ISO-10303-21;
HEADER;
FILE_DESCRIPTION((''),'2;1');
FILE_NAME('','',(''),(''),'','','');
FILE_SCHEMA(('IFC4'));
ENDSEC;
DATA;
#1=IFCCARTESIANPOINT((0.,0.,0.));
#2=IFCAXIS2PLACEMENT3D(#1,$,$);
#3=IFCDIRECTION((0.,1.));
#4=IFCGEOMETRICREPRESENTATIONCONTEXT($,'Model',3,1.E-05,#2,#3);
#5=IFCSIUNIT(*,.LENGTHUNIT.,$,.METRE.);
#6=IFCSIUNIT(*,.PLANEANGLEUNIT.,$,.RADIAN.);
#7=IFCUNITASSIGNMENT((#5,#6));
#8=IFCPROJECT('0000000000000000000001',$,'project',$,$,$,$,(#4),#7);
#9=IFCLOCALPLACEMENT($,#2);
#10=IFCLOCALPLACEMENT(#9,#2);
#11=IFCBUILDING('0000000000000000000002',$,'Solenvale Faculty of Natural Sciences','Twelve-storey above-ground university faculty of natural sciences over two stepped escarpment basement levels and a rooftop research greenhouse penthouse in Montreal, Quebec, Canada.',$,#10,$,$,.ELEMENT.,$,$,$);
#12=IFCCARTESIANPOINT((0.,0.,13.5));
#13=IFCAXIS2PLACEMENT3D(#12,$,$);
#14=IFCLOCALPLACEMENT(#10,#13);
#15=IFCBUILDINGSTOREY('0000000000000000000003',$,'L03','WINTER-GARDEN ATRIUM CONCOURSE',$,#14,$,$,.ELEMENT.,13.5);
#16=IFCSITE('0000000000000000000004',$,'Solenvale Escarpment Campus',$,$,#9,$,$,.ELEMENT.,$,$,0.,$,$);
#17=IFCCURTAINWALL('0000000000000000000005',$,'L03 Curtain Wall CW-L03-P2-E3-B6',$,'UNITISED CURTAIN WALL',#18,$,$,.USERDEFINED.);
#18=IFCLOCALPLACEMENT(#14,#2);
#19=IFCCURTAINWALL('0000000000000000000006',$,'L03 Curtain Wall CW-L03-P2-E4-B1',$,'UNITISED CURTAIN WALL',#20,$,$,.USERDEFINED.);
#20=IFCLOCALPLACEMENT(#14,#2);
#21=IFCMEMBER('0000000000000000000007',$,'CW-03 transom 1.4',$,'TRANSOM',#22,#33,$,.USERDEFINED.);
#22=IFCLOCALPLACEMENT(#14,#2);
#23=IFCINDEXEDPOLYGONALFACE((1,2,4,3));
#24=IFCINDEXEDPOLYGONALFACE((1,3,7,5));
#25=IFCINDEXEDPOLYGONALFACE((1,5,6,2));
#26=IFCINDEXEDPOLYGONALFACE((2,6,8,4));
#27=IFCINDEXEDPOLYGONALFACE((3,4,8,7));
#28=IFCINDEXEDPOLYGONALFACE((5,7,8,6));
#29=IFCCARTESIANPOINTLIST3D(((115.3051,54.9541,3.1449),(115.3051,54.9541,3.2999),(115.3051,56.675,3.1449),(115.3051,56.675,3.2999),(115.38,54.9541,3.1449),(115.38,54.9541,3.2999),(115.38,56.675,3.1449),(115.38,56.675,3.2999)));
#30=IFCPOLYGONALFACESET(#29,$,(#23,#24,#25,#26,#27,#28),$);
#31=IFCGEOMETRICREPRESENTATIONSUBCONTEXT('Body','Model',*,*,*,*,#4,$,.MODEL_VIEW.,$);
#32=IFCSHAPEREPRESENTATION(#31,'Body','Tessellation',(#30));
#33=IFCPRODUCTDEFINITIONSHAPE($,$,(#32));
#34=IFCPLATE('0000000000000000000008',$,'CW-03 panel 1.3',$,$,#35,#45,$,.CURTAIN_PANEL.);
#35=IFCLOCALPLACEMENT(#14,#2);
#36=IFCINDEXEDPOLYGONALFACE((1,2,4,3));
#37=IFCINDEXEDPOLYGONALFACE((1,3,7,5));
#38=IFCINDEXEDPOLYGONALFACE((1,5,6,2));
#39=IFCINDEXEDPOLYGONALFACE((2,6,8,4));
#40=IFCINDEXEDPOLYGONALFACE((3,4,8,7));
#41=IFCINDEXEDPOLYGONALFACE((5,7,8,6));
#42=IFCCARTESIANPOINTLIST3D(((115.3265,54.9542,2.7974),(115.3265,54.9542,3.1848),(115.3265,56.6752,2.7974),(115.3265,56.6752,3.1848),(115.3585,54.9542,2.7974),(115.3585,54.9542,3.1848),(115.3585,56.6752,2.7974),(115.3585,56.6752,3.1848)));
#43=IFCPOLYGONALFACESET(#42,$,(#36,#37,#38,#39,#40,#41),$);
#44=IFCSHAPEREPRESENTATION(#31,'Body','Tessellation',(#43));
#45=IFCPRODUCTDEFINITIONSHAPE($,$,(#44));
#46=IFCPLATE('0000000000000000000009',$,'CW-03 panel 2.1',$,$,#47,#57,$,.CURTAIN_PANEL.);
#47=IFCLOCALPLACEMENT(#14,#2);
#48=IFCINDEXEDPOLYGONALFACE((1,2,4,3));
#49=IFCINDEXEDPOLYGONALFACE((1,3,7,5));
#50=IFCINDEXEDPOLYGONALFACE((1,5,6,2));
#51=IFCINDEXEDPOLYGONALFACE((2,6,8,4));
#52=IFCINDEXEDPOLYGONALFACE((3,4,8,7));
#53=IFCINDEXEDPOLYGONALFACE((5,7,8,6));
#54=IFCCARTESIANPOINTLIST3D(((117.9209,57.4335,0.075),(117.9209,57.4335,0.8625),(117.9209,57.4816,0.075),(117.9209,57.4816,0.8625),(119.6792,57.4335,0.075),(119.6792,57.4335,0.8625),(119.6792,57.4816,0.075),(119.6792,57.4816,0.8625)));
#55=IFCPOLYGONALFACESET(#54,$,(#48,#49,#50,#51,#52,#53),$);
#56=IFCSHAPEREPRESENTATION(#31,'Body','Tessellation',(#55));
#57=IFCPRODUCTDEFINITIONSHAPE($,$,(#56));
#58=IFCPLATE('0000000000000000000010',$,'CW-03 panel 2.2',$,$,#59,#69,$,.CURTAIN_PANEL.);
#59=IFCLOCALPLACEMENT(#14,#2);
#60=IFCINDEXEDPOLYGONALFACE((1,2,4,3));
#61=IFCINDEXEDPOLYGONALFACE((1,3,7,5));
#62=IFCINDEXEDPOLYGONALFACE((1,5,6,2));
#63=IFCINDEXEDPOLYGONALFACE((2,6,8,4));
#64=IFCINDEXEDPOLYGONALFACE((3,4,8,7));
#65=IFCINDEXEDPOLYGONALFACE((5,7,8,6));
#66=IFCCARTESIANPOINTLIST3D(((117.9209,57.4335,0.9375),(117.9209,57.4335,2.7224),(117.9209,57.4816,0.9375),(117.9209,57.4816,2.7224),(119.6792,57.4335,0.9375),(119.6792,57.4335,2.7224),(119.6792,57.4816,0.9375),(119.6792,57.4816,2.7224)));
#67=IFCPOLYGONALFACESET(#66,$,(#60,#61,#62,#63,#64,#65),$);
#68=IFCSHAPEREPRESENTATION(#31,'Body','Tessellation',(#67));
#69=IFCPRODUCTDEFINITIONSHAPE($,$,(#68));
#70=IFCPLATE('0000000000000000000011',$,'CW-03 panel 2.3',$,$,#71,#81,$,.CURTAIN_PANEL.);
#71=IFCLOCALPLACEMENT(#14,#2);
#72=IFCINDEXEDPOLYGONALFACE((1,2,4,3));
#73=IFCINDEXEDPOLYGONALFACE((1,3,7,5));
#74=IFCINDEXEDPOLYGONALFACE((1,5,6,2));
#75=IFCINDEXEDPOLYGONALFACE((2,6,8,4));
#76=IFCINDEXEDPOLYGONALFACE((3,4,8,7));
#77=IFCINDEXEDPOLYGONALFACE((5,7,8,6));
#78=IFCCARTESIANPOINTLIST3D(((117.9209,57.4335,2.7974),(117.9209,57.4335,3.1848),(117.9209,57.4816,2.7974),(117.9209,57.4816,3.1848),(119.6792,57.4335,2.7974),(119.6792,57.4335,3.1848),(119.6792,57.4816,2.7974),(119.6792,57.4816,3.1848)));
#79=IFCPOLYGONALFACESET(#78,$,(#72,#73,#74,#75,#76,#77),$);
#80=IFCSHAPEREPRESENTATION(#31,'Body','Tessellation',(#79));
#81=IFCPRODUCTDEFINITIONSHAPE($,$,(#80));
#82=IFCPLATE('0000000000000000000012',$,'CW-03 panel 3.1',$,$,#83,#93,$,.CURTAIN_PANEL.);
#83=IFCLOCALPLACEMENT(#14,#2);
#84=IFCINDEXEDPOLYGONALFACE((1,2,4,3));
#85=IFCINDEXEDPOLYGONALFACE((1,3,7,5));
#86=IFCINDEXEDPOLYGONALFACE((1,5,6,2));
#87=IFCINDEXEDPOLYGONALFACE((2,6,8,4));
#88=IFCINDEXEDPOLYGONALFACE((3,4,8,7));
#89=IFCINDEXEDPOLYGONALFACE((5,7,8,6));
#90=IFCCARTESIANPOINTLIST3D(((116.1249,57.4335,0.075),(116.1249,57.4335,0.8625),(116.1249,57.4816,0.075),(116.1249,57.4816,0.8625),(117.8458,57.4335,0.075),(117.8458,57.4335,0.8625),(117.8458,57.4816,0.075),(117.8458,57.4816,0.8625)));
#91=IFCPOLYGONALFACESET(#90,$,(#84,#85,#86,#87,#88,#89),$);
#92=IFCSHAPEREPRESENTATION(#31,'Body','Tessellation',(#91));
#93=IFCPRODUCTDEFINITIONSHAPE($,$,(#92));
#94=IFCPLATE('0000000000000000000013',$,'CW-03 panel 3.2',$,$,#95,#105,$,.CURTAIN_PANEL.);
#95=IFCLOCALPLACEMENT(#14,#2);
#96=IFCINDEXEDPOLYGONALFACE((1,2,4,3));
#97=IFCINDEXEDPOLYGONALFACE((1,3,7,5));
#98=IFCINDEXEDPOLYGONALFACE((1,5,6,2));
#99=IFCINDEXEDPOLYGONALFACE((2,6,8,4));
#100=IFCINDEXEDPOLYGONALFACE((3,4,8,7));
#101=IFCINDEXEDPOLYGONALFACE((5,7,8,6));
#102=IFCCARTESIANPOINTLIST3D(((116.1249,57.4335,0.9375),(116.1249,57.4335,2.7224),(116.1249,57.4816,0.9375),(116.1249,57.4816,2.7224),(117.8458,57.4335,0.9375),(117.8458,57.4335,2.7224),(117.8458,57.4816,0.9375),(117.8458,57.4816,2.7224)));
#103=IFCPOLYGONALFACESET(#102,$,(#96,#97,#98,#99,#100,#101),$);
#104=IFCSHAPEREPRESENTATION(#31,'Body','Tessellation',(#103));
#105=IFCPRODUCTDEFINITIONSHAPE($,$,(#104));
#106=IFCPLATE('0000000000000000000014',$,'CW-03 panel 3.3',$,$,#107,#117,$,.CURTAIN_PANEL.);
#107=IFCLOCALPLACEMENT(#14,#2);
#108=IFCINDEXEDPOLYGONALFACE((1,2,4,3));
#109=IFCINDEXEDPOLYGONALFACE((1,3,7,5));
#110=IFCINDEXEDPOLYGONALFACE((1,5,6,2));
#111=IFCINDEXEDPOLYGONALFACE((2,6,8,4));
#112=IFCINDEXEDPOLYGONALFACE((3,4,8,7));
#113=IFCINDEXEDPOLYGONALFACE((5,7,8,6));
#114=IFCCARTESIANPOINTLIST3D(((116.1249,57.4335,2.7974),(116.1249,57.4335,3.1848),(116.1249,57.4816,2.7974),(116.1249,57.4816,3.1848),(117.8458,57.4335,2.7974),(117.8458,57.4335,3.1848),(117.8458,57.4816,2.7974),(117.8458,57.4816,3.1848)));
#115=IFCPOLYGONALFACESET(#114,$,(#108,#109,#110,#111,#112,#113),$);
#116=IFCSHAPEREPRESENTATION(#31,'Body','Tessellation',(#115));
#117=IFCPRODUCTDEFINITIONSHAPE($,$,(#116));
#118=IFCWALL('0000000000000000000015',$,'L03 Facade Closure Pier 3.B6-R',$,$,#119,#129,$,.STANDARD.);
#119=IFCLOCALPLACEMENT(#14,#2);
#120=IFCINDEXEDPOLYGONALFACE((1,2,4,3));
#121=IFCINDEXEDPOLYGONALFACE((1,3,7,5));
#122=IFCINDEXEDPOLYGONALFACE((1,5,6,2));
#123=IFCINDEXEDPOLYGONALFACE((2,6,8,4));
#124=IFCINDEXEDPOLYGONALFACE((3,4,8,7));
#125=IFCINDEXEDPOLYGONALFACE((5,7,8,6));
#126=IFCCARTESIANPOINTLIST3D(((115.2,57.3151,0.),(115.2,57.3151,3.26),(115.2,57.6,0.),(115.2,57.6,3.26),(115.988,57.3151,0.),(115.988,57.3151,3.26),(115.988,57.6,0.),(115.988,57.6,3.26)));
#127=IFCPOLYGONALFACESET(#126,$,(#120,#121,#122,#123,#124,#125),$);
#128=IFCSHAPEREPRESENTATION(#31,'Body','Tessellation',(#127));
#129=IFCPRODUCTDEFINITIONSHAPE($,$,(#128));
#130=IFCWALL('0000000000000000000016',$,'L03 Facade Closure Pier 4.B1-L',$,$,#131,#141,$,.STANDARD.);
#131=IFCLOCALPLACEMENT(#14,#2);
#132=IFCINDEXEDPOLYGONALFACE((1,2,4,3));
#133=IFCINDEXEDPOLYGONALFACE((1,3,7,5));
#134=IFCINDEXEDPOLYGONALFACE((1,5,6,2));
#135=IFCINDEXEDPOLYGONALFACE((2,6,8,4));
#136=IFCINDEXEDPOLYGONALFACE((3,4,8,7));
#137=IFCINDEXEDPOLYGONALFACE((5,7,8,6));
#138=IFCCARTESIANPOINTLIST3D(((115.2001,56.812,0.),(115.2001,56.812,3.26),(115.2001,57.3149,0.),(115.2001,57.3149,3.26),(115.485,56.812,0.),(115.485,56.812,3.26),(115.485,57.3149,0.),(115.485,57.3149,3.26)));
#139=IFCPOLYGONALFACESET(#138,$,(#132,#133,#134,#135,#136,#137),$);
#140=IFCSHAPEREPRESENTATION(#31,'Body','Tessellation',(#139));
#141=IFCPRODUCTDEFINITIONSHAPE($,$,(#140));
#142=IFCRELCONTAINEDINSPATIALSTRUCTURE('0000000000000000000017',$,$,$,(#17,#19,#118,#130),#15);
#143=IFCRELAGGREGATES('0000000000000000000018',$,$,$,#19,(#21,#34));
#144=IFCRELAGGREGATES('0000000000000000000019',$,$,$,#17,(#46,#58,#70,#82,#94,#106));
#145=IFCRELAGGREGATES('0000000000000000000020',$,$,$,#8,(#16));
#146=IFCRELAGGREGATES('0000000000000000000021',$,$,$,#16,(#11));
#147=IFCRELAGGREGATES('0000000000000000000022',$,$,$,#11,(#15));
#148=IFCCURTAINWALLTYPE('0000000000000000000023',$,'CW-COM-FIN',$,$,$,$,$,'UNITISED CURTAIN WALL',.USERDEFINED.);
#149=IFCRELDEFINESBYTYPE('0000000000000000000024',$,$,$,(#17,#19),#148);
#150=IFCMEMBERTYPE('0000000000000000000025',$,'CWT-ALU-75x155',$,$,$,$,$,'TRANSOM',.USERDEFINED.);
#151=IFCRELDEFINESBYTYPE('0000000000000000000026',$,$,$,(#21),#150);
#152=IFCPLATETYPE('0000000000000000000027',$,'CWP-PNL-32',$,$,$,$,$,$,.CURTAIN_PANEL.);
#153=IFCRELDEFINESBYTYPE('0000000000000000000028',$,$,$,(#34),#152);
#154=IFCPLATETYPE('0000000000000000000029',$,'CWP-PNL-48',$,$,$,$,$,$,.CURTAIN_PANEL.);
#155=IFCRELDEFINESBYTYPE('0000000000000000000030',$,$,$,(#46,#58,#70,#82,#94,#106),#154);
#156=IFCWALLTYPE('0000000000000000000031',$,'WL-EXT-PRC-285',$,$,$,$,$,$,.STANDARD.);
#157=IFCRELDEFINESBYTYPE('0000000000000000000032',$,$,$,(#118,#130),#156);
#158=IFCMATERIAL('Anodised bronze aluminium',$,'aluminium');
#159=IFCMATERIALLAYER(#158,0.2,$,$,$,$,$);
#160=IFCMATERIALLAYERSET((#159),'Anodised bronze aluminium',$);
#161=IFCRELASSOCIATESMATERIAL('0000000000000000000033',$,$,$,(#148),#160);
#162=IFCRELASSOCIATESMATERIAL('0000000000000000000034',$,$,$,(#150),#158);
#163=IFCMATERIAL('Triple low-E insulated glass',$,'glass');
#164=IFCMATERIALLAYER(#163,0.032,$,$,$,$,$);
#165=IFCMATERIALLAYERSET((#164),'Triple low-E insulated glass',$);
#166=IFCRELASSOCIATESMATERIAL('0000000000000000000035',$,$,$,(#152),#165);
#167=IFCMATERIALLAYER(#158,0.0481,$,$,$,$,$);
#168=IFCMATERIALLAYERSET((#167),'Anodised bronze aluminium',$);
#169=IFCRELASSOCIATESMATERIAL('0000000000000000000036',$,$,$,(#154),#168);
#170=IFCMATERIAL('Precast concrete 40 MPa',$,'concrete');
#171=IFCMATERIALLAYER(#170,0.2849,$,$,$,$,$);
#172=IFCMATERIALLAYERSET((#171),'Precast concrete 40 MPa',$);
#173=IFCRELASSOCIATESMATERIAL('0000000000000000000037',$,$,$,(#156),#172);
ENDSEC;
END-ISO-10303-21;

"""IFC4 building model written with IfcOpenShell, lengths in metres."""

from ifc_helpers import new_model, si_unit, direction, frame, frame_2d, origin, origin_2d, place, context, subcontext, project, spatial, rectangle, extrude, material, layer, layer_set, material_profile, profile_set, type_object, element, aggregate, save


model = new_model("IFC4")

# Units and contexts
model_context = context("Model", 3, precision=1e-05, world=origin(), true_north=direction((0.0, 1.0)))
body_context = subcontext(model_context, "Body", "Model", "MODEL_VIEW")
ifc_project = project(units=[si_unit("LENGTHUNIT", "METRE"), si_unit("PLANEANGLEUNIT", "RADIAN")], contexts=[model_context])

# Site, building, storey
site_placement = place(None, origin())
site = spatial("IfcSite", under=ifc_project, at=site_placement, Name="Solenvale Escarpment Campus", CompositionType="ELEMENT", RefElevation=0.0)
building_placement = place(site_placement, origin())
building = spatial("IfcBuilding", under=site, at=building_placement, Name="Solenvale Faculty of Natural Sciences", Description="Twelve-storey above-ground university faculty of natural sciences over two stepped escarpment basement levels and a rooftop research greenhouse penthouse in Montreal, Quebec, Canada.", CompositionType="ELEMENT")
storey_placement = place(building_placement, frame((0.0, 0.0, 13.5)))
storey = spatial("IfcBuildingStorey", under=building, at=storey_placement, Name="L03", Description="WINTER-GARDEN ATRIUM CONCOURSE", CompositionType="ELEMENT", Elevation=13.5)

# Curtain wall
ifc_material_1 = material(Name="Anodised bronze aluminium", Category="aluminium")
ifc_layer_1 = layer(ifc_material_1, 0.2)
ifc_layer_set_1 = layer_set([ifc_layer_1], Name="Anodised bronze aluminium")
curtain_wall_type = type_object("IfcCurtainWallType", Name="CW-COM-FIN", ElementType="UNITISED CURTAIN WALL", PredefinedType="USERDEFINED", material=ifc_layer_set_1)
curtain_wall_1_placement = place(storey_placement, origin())
curtain_wall_1 = element("IfcCurtainWall", 1, at=curtain_wall_1_placement, inside=storey, type_object=curtain_wall_type, Name="L03 Curtain Wall CW-L03-P2-E3-B6", ObjectType="UNITISED CURTAIN WALL", PredefinedType="USERDEFINED")

# Curtain wall
curtain_wall_2_placement = place(storey_placement, origin())
curtain_wall_2 = element("IfcCurtainWall", 2, at=curtain_wall_2_placement, inside=storey, type_object=curtain_wall_type, Name="L03 Curtain Wall CW-L03-P2-E4-B1", ObjectType="UNITISED CURTAIN WALL", PredefinedType="USERDEFINED")

# Member
ifc_material_profile_1 = material_profile(ifc_material_1, rectangle(XDim=0.075, YDim=0.155, at=origin_2d()), Name="ALU-TRN-75x155")
ifc_profile_set_1 = profile_set([ifc_material_profile_1], Name="Anodised bronze aluminium")
member_type_1 = type_object("IfcMemberType", Name="CWT-ALU-75x155", ElementType="TRANSOM", PredefinedType="USERDEFINED", material=ifc_profile_set_1)
member_1_placement = place(storey_placement, frame((115.3425, 56.675, 3.2224), z_axis=(0.0, -1.0, 0.0), x_axis=(1.0, 0.0, 0.0)))
member_1 = element("IfcMember", 3, at=member_1_placement, type_object=member_type_1, Name="CW-03 transom 1.4", ObjectType="TRANSOM", PredefinedType="USERDEFINED", context=body_context, shape_type="SweptSolid", body=[
    extrude(rectangle(XDim=0.075, YDim=0.155, at=origin_2d()), origin(), (0.0, 0.0, 1.0), 1.7209),
])

# Plates
ifc_material_2 = material(Name="Triple low-E insulated glass", Category="glass")
ifc_layer_2 = layer(ifc_material_2, 0.032)
ifc_layer_set_2 = layer_set([ifc_layer_2], Name="Triple low-E insulated glass")
plate_type_1 = type_object("IfcPlateType", Name="CWP-PNL-32", PredefinedType="CURTAIN_PANEL", material=ifc_layer_set_2)
plate_1_placement = place(storey_placement, frame((115.3425, 55.8147, 2.7974), z_axis=(0.0, 0.0, 1.0), x_axis=(0.0, -1.0, 0.0)))
plate_1 = element("IfcPlate", 4, at=plate_1_placement, type_object=plate_type_1, Name="CW-03 panel 1.3", PredefinedType="CURTAIN_PANEL", context=body_context, shape_type="SweptSolid", body=[
    extrude(rectangle(XDim=1.7209, YDim=0.032, at=origin_2d()), origin(), (0.0, 0.0, 1.0), 0.3875),
])
aggregate(curtain_wall_2, [member_1, plate_1])
ifc_layer_3 = layer(ifc_material_1, 0.0481)
ifc_layer_set_3 = layer_set([ifc_layer_3], Name="Anodised bronze aluminium")
plate_type_2 = type_object("IfcPlateType", Name="CWP-PNL-48", PredefinedType="CURTAIN_PANEL", material=ifc_layer_set_3)
plate_2_placement = place(storey_placement, frame((118.8, 57.4575, 0.075), z_axis=(0.0, 0.0, 1.0), x_axis=(-1.0, 0.0, 0.0)))
plate_2 = element("IfcPlate", 5, at=plate_2_placement, type_object=plate_type_2, Name="CW-03 panel 2.1", PredefinedType="CURTAIN_PANEL", context=body_context, shape_type="SweptSolid", body=[
    extrude(rectangle(XDim=1.7583, YDim=0.0481, at=origin_2d()), origin(), (0.0, 0.0, 1.0), 0.7876),
])
plate_3_placement = place(storey_placement, frame((118.8, 57.4575, 0.9375), z_axis=(0.0, 0.0, 1.0), x_axis=(-1.0, 0.0, 0.0)))
plate_3 = element("IfcPlate", 6, at=plate_3_placement, type_object=plate_type_2, Name="CW-03 panel 2.2", PredefinedType="CURTAIN_PANEL", context=body_context, shape_type="SweptSolid", body=[
    extrude(rectangle(XDim=1.7583, YDim=0.0481, at=origin_2d()), origin(), (0.0, 0.0, 1.0), 1.7849),
])
plate_4_placement = place(storey_placement, frame((118.8, 57.4575, 2.7974), z_axis=(0.0, 0.0, 1.0), x_axis=(-1.0, 0.0, 0.0)))
plate_4 = element("IfcPlate", 7, at=plate_4_placement, type_object=plate_type_2, Name="CW-03 panel 2.3", PredefinedType="CURTAIN_PANEL", context=body_context, shape_type="SweptSolid", body=[
    extrude(rectangle(XDim=1.7583, YDim=0.0481, at=origin_2d()), origin(), (0.0, 0.0, 1.0), 0.3875),
])
plate_5_placement = place(storey_placement, frame((116.9854, 57.4575, 0.075), z_axis=(0.0, 0.0, 1.0), x_axis=(-1.0, 0.0, 0.0)))
plate_5 = element("IfcPlate", 8, at=plate_5_placement, type_object=plate_type_2, Name="CW-03 panel 3.1", PredefinedType="CURTAIN_PANEL", context=body_context, shape_type="SweptSolid", body=[
    extrude(rectangle(XDim=1.7209, YDim=0.0481, at=origin_2d()), origin(), (0.0, 0.0, 1.0), 0.7876),
])
plate_6_placement = place(storey_placement, frame((116.9854, 57.4575, 0.9375), z_axis=(0.0, 0.0, 1.0), x_axis=(-1.0, 0.0, 0.0)))
plate_6 = element("IfcPlate", 9, at=plate_6_placement, type_object=plate_type_2, Name="CW-03 panel 3.2", PredefinedType="CURTAIN_PANEL", context=body_context, shape_type="SweptSolid", body=[
    extrude(rectangle(XDim=1.7209, YDim=0.0481, at=origin_2d()), origin(), (0.0, 0.0, 1.0), 1.7849),
])
plate_7_placement = place(storey_placement, frame((116.9854, 57.4575, 2.7974), z_axis=(0.0, 0.0, 1.0), x_axis=(-1.0, 0.0, 0.0)))
plate_7 = element("IfcPlate", 10, at=plate_7_placement, type_object=plate_type_2, Name="CW-03 panel 3.3", PredefinedType="CURTAIN_PANEL", context=body_context, shape_type="SweptSolid", body=[
    extrude(rectangle(XDim=1.7209, YDim=0.0481, at=origin_2d()), origin(), (0.0, 0.0, 1.0), 0.3875),
])
aggregate(curtain_wall_1, [plate_2, plate_3, plate_4, plate_5, plate_6, plate_7])

# Walls
ifc_material_3 = material(Name="Precast concrete 40 MPa", Category="concrete")
ifc_layer_4 = layer(ifc_material_3, 0.2849)
ifc_layer_set_4 = layer_set([ifc_layer_4], Name="Precast concrete 40 MPa")
wall_type = type_object("IfcWallType", Name="WL-EXT-PRC-285", PredefinedType="STANDARD", material=ifc_layer_set_4)
wall_1_placement = place(storey_placement, frame((115.988, 57.4575, 0.0), z_axis=(0.0, 0.0, 1.0), x_axis=(-1.0, 0.0, 0.0)))
element("IfcWall", 11, at=wall_1_placement, inside=storey, type_object=wall_type, Name="L03 Facade Closure Pier 3.B6-R", PredefinedType="STANDARD", context=body_context, shape_type="SweptSolid", body=[
    extrude(rectangle(XDim=0.7881, YDim=0.2849, at=frame_2d((0.394, 0.0))), origin(), (0.0, 0.0, 1.0), 3.26),
])
wall_2_placement = place(storey_placement, frame((115.3425, 57.3149, 0.0), z_axis=(0.0, 0.0, 1.0), x_axis=(0.0, -1.0, 0.0)))
element("IfcWall", 12, at=wall_2_placement, inside=storey, type_object=wall_type, Name="L03 Facade Closure Pier 4.B1-L", PredefinedType="STANDARD", context=body_context, shape_type="SweptSolid", body=[
    extrude(rectangle(XDim=0.5029, YDim=0.2849, at=frame_2d((0.2515, 0.0))), origin(), (0.0, 0.0, 1.0), 3.26),
])

save(model, "model.ifc")
